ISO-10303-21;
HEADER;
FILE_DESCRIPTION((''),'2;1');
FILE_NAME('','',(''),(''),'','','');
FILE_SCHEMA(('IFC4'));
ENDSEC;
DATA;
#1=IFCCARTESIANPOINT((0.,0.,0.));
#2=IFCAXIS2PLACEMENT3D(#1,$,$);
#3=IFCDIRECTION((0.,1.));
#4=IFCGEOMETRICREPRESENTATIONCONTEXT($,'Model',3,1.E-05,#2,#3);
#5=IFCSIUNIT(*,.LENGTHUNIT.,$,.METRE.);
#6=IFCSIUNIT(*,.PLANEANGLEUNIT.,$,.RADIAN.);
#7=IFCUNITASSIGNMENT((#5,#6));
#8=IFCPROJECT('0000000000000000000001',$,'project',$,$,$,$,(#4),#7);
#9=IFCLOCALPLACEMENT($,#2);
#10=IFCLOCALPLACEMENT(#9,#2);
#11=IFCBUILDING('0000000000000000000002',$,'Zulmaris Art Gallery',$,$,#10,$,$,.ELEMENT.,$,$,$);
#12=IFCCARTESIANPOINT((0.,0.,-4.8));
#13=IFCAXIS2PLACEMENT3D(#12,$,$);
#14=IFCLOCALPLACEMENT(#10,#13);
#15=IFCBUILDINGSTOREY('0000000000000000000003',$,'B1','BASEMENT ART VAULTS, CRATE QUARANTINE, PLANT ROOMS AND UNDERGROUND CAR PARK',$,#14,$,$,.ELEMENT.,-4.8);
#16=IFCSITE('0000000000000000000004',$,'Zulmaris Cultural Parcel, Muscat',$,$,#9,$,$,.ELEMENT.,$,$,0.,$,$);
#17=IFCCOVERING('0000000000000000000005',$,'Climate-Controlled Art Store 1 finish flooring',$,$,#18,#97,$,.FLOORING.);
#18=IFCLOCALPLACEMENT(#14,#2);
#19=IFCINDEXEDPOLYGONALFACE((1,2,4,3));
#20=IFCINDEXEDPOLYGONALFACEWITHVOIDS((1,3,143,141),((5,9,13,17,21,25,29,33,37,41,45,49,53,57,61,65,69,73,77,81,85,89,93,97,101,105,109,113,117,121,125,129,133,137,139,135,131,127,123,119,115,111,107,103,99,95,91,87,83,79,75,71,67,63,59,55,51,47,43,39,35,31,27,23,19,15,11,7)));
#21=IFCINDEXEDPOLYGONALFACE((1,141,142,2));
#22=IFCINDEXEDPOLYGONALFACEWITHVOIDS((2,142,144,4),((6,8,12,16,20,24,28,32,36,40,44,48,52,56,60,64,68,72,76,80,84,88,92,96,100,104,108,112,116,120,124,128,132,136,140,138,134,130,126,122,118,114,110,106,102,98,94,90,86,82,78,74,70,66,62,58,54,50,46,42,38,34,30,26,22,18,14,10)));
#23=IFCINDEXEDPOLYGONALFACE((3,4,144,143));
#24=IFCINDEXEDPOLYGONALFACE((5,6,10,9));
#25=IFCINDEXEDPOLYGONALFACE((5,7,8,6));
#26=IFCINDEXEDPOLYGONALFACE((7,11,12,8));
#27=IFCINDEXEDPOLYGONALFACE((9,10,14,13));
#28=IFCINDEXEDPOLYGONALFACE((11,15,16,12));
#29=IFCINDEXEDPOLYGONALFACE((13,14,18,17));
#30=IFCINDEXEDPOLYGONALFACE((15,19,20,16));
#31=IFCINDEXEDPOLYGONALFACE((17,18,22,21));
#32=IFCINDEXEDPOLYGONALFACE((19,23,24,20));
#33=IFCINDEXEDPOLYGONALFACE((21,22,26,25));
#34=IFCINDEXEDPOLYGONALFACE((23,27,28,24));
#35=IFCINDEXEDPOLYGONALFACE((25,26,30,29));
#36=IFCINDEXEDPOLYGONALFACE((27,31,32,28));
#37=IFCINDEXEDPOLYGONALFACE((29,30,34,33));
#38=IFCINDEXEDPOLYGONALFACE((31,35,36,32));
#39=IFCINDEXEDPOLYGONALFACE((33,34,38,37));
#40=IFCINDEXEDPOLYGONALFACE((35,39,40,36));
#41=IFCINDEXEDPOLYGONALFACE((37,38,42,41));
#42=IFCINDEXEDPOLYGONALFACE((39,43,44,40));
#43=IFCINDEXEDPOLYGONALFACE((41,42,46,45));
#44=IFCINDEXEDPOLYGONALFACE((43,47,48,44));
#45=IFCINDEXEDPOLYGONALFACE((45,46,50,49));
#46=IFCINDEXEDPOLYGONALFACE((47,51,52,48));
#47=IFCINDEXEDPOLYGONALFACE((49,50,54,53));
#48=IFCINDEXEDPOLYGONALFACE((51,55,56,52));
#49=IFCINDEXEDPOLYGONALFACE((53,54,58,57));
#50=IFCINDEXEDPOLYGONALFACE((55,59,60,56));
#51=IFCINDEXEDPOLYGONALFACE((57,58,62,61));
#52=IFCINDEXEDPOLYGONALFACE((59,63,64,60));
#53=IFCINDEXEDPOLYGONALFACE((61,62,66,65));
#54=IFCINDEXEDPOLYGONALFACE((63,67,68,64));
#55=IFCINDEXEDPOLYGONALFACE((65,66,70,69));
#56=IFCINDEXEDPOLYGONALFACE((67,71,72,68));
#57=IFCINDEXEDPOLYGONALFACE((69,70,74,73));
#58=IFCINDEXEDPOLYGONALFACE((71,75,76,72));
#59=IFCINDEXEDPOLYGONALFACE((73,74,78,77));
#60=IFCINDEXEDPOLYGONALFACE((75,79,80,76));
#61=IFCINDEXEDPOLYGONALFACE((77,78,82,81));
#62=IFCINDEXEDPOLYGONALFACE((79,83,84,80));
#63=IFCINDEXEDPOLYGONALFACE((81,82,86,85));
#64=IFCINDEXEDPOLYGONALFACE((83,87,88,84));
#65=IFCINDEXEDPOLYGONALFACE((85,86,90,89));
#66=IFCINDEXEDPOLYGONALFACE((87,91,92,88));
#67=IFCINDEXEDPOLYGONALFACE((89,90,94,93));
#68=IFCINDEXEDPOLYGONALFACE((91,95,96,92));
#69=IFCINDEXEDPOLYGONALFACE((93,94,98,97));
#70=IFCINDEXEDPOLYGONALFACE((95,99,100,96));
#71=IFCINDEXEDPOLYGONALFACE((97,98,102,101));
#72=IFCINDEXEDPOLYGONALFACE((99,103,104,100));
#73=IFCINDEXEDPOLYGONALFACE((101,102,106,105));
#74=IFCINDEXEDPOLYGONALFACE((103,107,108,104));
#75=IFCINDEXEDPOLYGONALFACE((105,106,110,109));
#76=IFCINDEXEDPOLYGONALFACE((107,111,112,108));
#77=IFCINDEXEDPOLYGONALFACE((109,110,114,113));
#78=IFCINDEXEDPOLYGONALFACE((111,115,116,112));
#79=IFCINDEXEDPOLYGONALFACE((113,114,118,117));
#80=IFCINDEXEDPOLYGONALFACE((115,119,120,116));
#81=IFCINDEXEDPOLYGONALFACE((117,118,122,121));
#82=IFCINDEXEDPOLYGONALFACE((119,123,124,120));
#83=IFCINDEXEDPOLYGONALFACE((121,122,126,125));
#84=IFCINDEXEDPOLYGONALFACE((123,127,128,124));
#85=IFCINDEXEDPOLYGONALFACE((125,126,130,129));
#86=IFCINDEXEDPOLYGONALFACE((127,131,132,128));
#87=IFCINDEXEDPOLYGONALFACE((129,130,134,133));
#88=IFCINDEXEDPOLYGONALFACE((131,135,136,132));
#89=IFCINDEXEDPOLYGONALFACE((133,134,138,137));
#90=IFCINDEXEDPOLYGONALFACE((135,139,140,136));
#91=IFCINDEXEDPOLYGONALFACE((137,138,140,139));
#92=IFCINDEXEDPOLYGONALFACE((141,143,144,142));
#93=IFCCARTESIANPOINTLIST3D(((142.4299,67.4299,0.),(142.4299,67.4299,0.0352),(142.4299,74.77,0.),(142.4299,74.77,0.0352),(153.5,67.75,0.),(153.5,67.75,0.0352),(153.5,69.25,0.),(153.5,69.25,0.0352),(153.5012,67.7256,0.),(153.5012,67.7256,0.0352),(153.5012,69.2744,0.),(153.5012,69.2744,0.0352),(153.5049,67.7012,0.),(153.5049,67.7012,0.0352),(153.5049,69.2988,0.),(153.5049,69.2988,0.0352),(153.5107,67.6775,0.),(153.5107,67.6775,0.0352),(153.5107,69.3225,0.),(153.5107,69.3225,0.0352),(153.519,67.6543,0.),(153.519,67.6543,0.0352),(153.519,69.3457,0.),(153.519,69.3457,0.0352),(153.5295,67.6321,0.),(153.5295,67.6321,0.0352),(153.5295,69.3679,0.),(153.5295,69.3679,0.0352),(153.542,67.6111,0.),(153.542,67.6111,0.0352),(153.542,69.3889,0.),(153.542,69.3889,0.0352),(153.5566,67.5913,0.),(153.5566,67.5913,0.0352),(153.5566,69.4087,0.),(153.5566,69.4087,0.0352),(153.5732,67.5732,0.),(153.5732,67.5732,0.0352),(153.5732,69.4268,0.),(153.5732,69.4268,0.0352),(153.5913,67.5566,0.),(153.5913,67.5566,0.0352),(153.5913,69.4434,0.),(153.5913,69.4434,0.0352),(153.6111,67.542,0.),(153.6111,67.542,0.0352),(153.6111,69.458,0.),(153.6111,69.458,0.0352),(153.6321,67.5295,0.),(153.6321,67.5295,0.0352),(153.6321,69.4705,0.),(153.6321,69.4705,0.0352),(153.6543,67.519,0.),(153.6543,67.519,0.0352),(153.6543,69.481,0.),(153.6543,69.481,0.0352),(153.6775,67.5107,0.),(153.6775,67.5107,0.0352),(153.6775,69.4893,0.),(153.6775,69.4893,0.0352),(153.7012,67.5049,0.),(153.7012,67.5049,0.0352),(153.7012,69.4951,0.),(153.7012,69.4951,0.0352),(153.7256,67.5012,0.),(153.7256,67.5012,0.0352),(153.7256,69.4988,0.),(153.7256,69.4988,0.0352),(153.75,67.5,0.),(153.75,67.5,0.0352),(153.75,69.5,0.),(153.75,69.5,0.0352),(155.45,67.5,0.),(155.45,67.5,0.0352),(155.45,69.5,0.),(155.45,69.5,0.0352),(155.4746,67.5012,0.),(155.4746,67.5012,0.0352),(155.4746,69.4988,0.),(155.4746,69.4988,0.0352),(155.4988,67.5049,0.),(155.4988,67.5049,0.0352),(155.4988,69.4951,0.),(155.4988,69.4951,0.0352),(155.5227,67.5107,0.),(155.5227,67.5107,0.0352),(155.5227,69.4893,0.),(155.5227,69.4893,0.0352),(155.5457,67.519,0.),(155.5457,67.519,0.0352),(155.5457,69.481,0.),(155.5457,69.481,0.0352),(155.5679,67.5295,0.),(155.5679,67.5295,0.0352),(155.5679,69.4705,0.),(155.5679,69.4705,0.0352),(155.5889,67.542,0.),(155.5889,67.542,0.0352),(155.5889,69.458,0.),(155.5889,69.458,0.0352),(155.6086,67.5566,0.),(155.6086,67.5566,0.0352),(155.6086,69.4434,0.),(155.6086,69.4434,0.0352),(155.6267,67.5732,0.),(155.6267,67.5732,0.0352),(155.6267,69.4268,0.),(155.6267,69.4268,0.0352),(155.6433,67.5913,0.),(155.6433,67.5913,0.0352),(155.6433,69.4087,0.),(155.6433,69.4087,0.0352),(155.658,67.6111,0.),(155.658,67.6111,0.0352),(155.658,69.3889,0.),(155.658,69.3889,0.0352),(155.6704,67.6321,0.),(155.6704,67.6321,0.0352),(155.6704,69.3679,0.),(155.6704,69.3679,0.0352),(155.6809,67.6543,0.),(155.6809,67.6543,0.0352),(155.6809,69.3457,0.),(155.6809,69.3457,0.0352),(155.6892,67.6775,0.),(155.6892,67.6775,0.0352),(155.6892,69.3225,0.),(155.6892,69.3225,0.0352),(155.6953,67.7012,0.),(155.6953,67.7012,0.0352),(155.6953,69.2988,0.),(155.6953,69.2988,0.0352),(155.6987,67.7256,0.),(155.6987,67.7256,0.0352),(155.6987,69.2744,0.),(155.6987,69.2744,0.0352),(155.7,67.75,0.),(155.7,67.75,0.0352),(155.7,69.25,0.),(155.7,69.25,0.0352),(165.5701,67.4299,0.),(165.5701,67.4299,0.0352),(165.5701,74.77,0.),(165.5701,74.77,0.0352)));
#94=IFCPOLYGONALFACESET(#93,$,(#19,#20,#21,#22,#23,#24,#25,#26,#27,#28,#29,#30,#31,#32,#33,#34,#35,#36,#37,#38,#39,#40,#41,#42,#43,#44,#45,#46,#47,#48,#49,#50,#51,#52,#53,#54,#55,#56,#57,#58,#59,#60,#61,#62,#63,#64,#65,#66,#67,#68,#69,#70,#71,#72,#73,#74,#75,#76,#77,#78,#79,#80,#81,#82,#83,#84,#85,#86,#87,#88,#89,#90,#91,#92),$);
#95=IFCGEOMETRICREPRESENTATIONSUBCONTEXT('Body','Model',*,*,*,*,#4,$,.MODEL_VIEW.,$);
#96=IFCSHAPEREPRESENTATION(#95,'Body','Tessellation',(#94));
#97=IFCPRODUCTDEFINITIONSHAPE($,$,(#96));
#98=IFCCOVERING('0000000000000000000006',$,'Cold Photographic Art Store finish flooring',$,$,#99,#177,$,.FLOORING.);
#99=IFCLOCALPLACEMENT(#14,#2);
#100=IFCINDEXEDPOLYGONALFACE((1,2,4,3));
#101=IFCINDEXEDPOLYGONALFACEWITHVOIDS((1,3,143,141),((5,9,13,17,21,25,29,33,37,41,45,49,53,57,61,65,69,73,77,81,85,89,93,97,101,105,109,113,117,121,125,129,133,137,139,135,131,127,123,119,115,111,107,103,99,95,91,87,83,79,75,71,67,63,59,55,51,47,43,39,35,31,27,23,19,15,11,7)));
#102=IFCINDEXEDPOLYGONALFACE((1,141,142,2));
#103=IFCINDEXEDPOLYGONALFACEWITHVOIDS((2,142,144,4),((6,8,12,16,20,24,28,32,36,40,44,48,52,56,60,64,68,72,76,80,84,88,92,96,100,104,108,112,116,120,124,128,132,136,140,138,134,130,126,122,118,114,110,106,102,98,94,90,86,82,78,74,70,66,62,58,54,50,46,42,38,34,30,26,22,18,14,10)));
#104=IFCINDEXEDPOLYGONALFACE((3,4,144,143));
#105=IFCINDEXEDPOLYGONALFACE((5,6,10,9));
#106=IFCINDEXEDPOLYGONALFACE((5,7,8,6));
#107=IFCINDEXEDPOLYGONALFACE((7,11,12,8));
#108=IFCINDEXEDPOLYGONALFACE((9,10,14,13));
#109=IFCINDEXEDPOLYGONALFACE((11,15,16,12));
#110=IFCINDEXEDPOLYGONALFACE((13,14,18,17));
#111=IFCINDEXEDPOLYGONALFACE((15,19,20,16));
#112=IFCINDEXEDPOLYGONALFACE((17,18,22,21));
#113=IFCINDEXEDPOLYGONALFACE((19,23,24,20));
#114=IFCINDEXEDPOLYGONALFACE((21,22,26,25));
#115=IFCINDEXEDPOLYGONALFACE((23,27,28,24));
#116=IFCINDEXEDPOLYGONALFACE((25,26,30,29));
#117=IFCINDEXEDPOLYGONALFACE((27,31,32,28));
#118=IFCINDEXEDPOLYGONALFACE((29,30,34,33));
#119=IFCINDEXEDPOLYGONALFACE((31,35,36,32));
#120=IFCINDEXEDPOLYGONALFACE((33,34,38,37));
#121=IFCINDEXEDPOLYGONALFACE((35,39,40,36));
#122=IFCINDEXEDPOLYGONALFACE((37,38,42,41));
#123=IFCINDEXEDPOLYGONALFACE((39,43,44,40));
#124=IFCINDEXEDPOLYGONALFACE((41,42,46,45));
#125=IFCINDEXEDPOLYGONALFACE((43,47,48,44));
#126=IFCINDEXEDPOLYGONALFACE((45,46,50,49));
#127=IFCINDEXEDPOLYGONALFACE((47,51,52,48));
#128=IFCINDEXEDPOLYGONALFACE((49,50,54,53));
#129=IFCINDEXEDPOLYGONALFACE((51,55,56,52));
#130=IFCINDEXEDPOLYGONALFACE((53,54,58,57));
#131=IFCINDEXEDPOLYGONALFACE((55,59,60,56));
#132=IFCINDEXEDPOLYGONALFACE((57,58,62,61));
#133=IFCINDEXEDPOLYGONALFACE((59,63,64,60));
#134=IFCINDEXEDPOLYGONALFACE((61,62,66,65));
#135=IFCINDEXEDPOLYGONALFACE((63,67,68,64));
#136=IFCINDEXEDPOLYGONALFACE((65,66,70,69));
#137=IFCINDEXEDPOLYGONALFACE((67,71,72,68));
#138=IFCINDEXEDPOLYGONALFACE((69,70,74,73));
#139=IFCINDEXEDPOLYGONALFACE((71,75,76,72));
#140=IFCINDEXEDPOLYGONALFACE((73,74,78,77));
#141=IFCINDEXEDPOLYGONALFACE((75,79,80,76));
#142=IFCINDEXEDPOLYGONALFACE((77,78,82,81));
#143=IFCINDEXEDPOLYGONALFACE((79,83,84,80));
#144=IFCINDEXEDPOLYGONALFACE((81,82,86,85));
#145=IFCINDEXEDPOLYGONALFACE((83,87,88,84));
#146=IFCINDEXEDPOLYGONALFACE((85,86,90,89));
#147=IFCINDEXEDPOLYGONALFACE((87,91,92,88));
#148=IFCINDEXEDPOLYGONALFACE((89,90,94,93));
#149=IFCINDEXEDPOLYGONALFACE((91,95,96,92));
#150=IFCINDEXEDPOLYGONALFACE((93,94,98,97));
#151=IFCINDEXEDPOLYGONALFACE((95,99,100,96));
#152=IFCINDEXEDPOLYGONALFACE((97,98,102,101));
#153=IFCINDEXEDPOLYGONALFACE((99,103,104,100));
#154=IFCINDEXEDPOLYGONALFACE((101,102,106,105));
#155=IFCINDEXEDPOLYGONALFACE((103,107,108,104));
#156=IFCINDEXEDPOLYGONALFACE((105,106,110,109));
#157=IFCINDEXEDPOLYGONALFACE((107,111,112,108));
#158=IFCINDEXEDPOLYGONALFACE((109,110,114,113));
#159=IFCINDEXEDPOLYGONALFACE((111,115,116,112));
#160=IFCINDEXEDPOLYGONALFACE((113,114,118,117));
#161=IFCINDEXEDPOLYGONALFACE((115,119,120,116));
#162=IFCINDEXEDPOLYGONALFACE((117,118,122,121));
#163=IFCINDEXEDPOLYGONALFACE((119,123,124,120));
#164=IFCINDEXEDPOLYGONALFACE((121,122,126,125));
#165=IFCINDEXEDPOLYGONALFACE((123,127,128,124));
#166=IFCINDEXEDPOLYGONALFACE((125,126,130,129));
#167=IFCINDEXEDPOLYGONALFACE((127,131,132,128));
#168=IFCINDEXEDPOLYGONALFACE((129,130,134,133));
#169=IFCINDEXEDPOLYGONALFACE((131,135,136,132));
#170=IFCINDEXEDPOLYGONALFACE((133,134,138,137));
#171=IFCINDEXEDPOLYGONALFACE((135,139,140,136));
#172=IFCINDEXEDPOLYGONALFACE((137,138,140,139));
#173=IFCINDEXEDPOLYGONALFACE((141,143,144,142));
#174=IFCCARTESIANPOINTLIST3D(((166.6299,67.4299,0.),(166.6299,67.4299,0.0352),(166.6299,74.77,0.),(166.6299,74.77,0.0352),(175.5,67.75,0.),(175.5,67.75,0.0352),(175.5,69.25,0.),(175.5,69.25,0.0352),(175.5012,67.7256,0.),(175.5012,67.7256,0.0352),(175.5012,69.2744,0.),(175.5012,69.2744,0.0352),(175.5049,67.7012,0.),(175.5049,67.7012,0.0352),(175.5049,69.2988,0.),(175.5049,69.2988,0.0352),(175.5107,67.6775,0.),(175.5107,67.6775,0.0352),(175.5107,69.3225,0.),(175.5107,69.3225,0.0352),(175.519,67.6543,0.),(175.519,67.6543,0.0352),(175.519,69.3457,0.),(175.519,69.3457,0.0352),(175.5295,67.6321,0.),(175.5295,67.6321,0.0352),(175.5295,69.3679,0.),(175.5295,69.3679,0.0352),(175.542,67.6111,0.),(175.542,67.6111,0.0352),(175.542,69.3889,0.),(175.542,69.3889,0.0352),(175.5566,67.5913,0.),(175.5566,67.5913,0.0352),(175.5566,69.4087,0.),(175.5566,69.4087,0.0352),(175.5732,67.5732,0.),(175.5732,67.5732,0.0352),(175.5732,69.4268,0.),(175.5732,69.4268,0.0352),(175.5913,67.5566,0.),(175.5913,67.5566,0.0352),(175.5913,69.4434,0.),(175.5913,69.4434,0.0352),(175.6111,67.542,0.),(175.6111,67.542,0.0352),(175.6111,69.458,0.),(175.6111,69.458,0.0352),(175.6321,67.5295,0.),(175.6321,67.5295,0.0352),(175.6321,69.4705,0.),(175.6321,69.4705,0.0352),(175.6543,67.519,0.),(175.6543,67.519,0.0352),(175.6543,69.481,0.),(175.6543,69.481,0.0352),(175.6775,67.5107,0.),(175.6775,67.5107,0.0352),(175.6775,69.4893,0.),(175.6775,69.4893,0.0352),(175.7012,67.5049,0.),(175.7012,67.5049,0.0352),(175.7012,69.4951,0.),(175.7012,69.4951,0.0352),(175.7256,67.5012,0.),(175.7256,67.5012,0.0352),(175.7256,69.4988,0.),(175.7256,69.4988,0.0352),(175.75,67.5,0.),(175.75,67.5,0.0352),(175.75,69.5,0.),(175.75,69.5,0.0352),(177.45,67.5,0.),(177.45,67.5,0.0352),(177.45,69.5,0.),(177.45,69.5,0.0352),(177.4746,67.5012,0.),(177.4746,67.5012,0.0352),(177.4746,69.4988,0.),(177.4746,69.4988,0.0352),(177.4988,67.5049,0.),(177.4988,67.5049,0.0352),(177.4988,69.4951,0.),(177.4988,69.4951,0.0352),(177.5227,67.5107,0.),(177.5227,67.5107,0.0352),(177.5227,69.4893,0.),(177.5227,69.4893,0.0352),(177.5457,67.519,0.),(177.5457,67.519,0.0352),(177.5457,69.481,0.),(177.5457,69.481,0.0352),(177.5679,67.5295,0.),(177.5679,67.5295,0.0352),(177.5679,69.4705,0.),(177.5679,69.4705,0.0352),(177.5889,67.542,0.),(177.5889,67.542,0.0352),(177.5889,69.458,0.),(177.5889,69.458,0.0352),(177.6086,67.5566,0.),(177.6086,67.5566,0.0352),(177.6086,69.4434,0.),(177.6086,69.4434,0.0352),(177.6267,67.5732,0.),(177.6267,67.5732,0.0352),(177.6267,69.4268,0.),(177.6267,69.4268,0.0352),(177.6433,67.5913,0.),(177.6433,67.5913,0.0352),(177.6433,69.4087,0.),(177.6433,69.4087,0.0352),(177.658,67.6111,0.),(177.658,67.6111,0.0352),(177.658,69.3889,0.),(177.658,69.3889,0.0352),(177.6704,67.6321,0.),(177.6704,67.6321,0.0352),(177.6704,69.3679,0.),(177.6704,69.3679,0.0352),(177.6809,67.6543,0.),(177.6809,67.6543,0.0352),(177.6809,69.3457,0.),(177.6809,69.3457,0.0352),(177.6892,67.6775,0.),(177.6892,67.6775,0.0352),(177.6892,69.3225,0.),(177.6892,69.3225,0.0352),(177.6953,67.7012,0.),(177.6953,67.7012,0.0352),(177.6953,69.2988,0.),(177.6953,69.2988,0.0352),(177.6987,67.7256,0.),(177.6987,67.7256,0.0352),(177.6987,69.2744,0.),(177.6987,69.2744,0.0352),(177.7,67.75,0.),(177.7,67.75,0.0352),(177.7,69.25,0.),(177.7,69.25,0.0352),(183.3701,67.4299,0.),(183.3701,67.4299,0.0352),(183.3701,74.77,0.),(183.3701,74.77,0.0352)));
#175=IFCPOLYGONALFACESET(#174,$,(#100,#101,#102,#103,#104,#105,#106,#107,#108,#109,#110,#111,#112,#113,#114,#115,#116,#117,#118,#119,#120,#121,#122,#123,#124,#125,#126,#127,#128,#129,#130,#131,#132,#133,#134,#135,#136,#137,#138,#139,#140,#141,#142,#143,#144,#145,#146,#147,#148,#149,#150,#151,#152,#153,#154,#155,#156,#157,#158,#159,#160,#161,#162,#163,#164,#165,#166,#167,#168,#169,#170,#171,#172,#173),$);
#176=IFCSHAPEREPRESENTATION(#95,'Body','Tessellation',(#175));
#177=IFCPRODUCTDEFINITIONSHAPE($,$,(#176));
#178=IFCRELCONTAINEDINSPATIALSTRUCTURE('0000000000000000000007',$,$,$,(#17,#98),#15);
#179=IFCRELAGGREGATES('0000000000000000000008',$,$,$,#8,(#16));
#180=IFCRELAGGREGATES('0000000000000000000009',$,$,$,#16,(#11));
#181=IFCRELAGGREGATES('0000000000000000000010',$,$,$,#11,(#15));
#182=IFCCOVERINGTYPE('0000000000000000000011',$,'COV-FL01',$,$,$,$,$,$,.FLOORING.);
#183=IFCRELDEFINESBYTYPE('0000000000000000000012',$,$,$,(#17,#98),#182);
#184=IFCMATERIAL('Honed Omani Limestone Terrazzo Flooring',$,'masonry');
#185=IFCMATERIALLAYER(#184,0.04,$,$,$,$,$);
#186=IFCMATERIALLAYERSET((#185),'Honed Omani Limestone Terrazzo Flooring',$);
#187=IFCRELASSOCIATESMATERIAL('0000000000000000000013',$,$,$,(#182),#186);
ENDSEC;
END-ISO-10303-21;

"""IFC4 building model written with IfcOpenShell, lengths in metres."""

from ifc_helpers import new_model, si_unit, direction, frame, origin, place, context, subcontext, project, spatial, polyline, outline, extrude, material, layer, layer_set, type_object, element, save


model = new_model("IFC4")

# Units and contexts
model_context = context("Model", 3, precision=1e-05, world=origin(), true_north=direction((0.0, 1.0)))
body_context = subcontext(model_context, "Body", "Model", "MODEL_VIEW")
ifc_project = project(units=[si_unit("LENGTHUNIT", "METRE"), si_unit("PLANEANGLEUNIT", "RADIAN")], contexts=[model_context])

# Site, building, storey
site_placement = place(None, origin())
site = spatial("IfcSite", under=ifc_project, at=site_placement, Name="Zulmaris Cultural Parcel, Muscat", CompositionType="ELEMENT", RefElevation=0.0)
building_placement = place(site_placement, origin())
building = spatial("IfcBuilding", under=site, at=building_placement, Name="Zulmaris Art Gallery", CompositionType="ELEMENT")
storey_placement = place(building_placement, frame((0.0, 0.0, -4.8)))
storey = spatial("IfcBuildingStorey", under=building, at=storey_placement, Name="B1", Description="BASEMENT ART VAULTS, CRATE QUARANTINE, PLANT ROOMS AND UNDERGROUND CAR PARK", CompositionType="ELEMENT", Elevation=-4.8)

# Coverings
ifc_material_1 = material(Name="Honed Omani Limestone Terrazzo Flooring", Category="masonry")
ifc_layer_1 = layer(ifc_material_1, 0.04)
ifc_layer_set_1 = layer_set([ifc_layer_1], Name="Honed Omani Limestone Terrazzo Flooring")
covering_type_1 = type_object("IfcCoveringType", Name="COV-FL01", PredefinedType="FLOORING", material=ifc_layer_set_1)
covering_1_placement = place(storey_placement, origin())
element("IfcCovering", 1, at=covering_1_placement, inside=storey, type_object=covering_type_1, Name="Climate-Controlled Art Store 1 finish flooring", PredefinedType="FLOORING", context=body_context, shape_type="SweptSolid", body=[
    extrude(outline(polyline([(165.5701, 67.4299), (142.4299, 67.4299), (142.4299, 74.77), (165.5701, 74.77), (165.5701, 67.4299)]), holes=[polyline([(153.5012, 67.7256), (153.5049, 67.7012), (153.5107, 67.6775), (153.519, 67.6543), (153.5295, 67.6321), (153.542, 67.6111), (153.5566, 67.5913), (153.5732, 67.5732), (153.5913, 67.5566), (153.6111, 67.542), (153.6321, 67.5295), (153.6543, 67.519), (153.6775, 67.5107), (153.7012, 67.5049), (153.7256, 67.5012), (153.75, 67.5), (155.45, 67.5), (155.4746, 67.5012), (155.4988, 67.5049), (155.5227, 67.5107), (155.5457, 67.519), (155.5679, 67.5295), (155.5889, 67.542), (155.6086, 67.5566), (155.6267, 67.5732), (155.6433, 67.5913), (155.658, 67.6111), (155.6704, 67.6321), (155.6809, 67.6543), (155.6892, 67.6775), (155.6953, 67.7012), (155.6987, 67.7256), (155.7, 67.75), (155.7, 69.25), (155.6987, 69.2744), (155.6953, 69.2988), (155.6892, 69.3225), (155.6809, 69.3457), (155.6704, 69.3679), (155.658, 69.3889), (155.6433, 69.4087), (155.6267, 69.4268), (155.6086, 69.4434), (155.5889, 69.458), (155.5679, 69.4705), (155.5457, 69.481), (155.5227, 69.4893), (155.4988, 69.4951), (155.4746, 69.4988), (155.45, 69.5), (153.75, 69.5), (153.7256, 69.4988), (153.7012, 69.4951), (153.6775, 69.4893), (153.6543, 69.481), (153.6321, 69.4705), (153.6111, 69.458), (153.5913, 69.4434), (153.5732, 69.4268), (153.5566, 69.4087), (153.542, 69.3889), (153.5295, 69.3679), (153.519, 69.3457), (153.5107, 69.3225), (153.5049, 69.2988), (153.5012, 69.2744), (153.5, 69.25), (153.5, 67.75), (153.5012, 67.7256)])]), origin(), (0.0, 0.0, 1.0), 0.0352),
])
covering_2_placement = place(storey_placement, origin())
element("IfcCovering", 2, at=covering_2_placement, inside=storey, type_object=covering_type_1, Name="Cold Photographic Art Store finish flooring", PredefinedType="FLOORING", context=body_context, shape_type="SweptSolid", body=[
    extrude(outline(polyline([(183.3701, 67.4299), (166.6299, 67.4299), (166.6299, 74.77), (183.3701, 74.77), (183.3701, 67.4299)]), holes=[polyline([(175.7256, 69.4988), (175.7012, 69.4951), (175.6775, 69.4893), (175.6543, 69.481), (175.6321, 69.4705), (175.6111, 69.458), (175.5913, 69.4434), (175.5732, 69.4268), (175.5566, 69.4087), (175.542, 69.3889), (175.5295, 69.3679), (175.519, 69.3457), (175.5107, 69.3225), (175.5049, 69.2988), (175.5012, 69.2744), (175.5, 69.25), (175.5, 67.75), (175.5012, 67.7256), (175.5049, 67.7012), (175.5107, 67.6775), (175.519, 67.6543), (175.5295, 67.6321), (175.542, 67.6111), (175.5566, 67.5913), (175.5732, 67.5732), (175.5913, 67.5566), (175.6111, 67.542), (175.6321, 67.5295), (175.6543, 67.519), (175.6775, 67.5107), (175.7012, 67.5049), (175.7256, 67.5012), (175.75, 67.5), (177.45, 67.5), (177.4746, 67.5012), (177.4988, 67.5049), (177.5227, 67.5107), (177.5457, 67.519), (177.5679, 67.5295), (177.5889, 67.542), (177.6086, 67.5566), (177.6267, 67.5732), (177.6433, 67.5913), (177.658, 67.6111), (177.6704, 67.6321), (177.6809, 67.6543), (177.6892, 67.6775), (177.6953, 67.7012), (177.6987, 67.7256), (177.7, 67.75), (177.7, 69.25), (177.6987, 69.2744), (177.6953, 69.2988), (177.6892, 69.3225), (177.6809, 69.3457), (177.6704, 69.3679), (177.658, 69.3889), (177.6433, 69.4087), (177.6267, 69.4268), (177.6086, 69.4434), (177.5889, 69.458), (177.5679, 69.4705), (177.5457, 69.481), (177.5227, 69.4893), (177.4988, 69.4951), (177.4746, 69.4988), (177.45, 69.5), (175.75, 69.5), (175.7256, 69.4988)])]), origin(), (0.0, 0.0, 1.0), 0.0352),
])

save(model, "model.ifc")
